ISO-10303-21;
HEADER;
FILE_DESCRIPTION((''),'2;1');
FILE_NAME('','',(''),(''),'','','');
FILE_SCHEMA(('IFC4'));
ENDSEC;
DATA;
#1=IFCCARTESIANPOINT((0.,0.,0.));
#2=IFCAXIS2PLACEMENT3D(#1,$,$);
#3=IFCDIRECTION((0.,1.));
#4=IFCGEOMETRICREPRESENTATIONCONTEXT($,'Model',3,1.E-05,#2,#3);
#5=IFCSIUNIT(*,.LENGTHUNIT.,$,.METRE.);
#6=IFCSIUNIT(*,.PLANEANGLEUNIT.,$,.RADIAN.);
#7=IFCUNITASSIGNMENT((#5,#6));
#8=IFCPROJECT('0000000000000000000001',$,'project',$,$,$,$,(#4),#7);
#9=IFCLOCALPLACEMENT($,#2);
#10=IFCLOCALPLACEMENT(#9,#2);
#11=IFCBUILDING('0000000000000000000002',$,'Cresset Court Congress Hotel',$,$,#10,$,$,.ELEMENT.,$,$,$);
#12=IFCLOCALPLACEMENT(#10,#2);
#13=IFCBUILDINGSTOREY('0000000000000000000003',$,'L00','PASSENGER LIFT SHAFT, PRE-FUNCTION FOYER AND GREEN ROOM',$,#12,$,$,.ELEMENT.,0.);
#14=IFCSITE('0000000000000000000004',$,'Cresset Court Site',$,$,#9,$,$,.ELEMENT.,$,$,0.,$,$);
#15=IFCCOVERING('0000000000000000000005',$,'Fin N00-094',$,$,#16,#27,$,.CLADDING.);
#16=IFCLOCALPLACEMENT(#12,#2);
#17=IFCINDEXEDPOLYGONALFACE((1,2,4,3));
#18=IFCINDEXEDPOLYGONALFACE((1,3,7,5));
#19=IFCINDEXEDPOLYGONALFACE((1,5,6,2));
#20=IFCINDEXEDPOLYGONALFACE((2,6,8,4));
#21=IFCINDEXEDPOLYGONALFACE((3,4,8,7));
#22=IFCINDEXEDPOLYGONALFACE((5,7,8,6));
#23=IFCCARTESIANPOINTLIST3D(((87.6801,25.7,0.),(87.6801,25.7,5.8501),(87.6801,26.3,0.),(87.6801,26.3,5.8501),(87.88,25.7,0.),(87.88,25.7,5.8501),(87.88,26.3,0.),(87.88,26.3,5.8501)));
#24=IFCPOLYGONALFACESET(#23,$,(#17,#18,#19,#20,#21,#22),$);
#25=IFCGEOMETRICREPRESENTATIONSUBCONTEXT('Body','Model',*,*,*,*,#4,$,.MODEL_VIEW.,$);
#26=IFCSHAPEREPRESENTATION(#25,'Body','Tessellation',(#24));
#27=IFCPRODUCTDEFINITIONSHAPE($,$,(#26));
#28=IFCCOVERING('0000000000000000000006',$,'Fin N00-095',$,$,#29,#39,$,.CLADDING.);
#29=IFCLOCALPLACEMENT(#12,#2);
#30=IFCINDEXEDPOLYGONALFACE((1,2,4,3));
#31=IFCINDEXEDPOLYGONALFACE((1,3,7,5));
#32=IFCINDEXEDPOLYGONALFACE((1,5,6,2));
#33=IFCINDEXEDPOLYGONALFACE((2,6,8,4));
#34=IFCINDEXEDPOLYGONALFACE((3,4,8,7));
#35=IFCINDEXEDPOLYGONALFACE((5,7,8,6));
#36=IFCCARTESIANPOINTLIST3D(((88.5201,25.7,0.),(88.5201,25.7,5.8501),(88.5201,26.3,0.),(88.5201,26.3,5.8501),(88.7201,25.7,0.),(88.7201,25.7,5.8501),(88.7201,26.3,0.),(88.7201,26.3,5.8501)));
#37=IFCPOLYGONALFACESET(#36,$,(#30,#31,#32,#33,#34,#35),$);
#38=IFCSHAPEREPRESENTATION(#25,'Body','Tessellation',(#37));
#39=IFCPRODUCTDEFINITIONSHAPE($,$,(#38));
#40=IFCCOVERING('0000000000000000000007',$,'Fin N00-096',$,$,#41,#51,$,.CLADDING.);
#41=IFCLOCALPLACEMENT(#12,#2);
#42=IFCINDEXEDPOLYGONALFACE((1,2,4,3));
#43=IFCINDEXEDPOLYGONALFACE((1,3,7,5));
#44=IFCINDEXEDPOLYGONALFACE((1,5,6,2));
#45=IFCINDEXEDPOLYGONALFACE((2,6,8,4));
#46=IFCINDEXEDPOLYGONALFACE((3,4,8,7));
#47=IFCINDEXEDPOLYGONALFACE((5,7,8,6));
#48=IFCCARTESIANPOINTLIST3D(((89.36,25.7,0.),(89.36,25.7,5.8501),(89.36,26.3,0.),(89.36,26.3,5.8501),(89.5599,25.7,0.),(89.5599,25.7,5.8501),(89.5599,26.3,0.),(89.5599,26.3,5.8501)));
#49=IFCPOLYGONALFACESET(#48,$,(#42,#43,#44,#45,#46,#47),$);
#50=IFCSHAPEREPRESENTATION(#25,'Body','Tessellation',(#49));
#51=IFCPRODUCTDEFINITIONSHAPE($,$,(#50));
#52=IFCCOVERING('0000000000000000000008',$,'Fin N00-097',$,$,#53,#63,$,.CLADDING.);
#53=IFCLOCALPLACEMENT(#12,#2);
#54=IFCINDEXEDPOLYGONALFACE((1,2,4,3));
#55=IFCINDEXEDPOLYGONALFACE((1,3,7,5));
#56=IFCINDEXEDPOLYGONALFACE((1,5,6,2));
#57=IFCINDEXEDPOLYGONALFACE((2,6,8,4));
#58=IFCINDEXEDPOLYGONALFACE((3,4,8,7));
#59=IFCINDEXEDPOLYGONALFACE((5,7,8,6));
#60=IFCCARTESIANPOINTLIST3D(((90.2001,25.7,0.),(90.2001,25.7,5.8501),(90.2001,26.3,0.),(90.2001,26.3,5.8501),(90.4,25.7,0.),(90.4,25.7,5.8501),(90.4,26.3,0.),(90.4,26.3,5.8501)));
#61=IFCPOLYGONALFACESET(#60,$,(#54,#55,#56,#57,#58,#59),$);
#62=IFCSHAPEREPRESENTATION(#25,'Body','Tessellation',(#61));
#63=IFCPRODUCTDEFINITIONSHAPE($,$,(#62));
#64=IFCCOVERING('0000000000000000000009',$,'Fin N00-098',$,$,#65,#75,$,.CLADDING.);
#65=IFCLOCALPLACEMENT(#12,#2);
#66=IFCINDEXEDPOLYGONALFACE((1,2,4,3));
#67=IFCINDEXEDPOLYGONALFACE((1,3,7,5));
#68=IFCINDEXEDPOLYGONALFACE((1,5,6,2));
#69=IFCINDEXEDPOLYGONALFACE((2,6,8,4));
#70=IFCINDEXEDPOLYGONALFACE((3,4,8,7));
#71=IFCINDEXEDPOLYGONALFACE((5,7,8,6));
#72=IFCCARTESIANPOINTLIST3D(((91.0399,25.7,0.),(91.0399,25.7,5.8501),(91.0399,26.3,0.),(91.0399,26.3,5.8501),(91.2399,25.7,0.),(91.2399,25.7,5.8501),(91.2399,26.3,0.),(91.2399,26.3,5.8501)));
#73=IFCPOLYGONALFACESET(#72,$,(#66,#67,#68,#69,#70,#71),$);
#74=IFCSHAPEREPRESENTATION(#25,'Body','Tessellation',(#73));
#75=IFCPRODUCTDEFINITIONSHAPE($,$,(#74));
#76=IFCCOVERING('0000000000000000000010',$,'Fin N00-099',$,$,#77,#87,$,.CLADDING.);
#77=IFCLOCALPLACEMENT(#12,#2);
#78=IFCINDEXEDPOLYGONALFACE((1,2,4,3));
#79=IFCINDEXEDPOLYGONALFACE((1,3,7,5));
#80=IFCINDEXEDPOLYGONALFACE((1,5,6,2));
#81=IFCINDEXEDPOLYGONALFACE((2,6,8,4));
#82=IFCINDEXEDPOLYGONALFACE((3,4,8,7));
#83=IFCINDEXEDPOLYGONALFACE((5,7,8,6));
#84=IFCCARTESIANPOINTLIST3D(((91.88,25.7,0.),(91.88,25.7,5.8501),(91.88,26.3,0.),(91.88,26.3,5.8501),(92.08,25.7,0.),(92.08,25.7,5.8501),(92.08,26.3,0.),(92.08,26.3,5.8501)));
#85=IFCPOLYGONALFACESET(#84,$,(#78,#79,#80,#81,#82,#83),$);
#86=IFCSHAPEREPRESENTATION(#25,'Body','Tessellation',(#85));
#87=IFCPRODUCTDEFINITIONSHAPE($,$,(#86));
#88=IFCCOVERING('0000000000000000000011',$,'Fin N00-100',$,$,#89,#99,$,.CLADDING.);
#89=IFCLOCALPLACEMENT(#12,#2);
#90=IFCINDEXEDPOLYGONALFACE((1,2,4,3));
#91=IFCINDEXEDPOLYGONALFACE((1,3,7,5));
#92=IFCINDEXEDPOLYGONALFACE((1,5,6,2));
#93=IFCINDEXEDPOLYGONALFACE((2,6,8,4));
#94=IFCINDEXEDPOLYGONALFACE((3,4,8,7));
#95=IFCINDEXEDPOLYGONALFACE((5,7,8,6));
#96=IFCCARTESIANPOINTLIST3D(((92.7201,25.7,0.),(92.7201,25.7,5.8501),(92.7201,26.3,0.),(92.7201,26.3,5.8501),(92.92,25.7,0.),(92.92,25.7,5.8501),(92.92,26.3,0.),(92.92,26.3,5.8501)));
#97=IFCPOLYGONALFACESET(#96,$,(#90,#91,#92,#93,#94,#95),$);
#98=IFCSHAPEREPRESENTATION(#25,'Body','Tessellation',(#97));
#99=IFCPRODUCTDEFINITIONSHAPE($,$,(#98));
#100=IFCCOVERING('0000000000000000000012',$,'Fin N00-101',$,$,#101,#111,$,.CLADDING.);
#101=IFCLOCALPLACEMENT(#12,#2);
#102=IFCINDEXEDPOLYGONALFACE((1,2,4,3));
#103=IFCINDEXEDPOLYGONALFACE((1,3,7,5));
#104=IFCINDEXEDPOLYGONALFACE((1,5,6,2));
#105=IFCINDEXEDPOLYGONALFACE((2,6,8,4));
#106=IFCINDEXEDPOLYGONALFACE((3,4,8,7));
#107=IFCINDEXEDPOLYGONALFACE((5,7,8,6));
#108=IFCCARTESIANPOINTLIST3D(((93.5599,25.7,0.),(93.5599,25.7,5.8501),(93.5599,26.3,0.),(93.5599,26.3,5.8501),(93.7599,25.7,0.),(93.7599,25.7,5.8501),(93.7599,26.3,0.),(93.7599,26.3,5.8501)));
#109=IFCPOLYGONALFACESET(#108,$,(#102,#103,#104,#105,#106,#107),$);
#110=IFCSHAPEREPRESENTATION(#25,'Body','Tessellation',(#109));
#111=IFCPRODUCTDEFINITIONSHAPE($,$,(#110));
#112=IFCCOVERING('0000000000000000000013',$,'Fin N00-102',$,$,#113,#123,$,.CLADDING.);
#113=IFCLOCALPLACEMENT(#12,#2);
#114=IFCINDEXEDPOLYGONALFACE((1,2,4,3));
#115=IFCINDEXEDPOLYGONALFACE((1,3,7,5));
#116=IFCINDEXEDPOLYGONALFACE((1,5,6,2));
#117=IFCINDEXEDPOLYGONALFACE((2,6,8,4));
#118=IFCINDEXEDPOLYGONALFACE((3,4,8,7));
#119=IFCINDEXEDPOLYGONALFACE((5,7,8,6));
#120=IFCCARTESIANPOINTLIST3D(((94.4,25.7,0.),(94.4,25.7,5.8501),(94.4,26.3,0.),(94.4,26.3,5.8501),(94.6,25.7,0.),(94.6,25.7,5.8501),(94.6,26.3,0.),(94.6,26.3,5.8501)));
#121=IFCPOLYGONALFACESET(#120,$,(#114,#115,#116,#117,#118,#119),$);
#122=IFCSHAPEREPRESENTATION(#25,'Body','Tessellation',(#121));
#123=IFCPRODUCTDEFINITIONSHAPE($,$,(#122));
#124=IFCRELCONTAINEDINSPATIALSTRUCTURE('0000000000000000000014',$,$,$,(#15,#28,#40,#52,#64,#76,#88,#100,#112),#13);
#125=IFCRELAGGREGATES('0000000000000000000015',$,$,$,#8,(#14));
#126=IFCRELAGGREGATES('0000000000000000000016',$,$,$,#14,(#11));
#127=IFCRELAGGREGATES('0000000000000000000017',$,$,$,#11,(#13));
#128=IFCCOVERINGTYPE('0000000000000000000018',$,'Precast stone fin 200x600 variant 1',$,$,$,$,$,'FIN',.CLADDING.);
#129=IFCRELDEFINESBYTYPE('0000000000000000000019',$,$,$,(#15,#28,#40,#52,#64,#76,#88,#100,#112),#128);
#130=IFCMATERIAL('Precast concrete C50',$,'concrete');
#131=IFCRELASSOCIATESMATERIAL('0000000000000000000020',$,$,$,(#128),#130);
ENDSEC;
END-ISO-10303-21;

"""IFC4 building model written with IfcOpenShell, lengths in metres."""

from ifc_helpers import new_model, si_unit, direction, frame, origin, origin_2d, place, context, subcontext, project, spatial, rectangle, extrude, material, type_object, element, save


model = new_model("IFC4")

# Units and contexts
model_context = context("Model", 3, precision=1e-05, world=origin(), true_north=direction((0.0, 1.0)))
body_context = subcontext(model_context, "Body", "Model", "MODEL_VIEW")
ifc_project = project(units=[si_unit("LENGTHUNIT", "METRE"), si_unit("PLANEANGLEUNIT", "RADIAN")], contexts=[model_context])

# Site, building, storey
site_placement = place(None, origin())
site = spatial("IfcSite", under=ifc_project, at=site_placement, Name="Cresset Court Site", CompositionType="ELEMENT", RefElevation=0.0)
building_placement = place(site_placement, origin())
building = spatial("IfcBuilding", under=site, at=building_placement, Name="Cresset Court Congress Hotel", CompositionType="ELEMENT")
storey_placement = place(building_placement, origin())
storey = spatial("IfcBuildingStorey", under=building, at=storey_placement, Name="L00", Description="PASSENGER LIFT SHAFT, PRE-FUNCTION FOYER AND GREEN ROOM", CompositionType="ELEMENT", Elevation=0.0)

# Coverings
ifc_material_1 = material(Name="Precast concrete C50", Category="concrete")
covering_type = type_object("IfcCoveringType", Name="Precast stone fin 200x600 variant 1", ElementType="FIN", PredefinedType="CLADDING", material=ifc_material_1)
for number, where, z_axis, x_axis, name in (
    (1, (87.78, 26.0, 0.0), (0.0, 0.0, 1.0), (1.0, 0.0, 0.0), "Fin N00-094"),
    (2, (88.6201, 26.0, 0.0), (0.0, 0.0, 1.0), (1.0, 0.0, 0.0), "Fin N00-095"),
    (3, (89.46, 26.0, 0.0), (0.0, 0.0, 1.0), (1.0, 0.0, 0.0), "Fin N00-096"),
    (4, (90.3, 26.0, 0.0), (0.0, 0.0, 1.0), (1.0, 0.0, 0.0), "Fin N00-097"),
    (5, (91.1399, 26.0, 0.0), (0.0, 0.0, 1.0), (1.0, 0.0, 0.0), "Fin N00-098"),
    (6, (91.98, 26.0, 0.0), (0.0, 0.0, 1.0), (1.0, 0.0, 0.0), "Fin N00-099"),
    (7, (92.8201, 26.0, 0.0), (0.0, 0.0, 1.0), (1.0, 0.0, 0.0), "Fin N00-100"),
    (8, (93.6599, 26.0, 0.0), (0.0, 0.0, 1.0), (1.0, 0.0, 0.0), "Fin N00-101"),
    (9, (94.5, 26.0, 0.0), (0.0, 0.0, 1.0), (1.0, 0.0, 0.0), "Fin N00-102"),
):
    element("IfcCovering", number, at=place(storey_placement, frame(where, z_axis=z_axis, x_axis=x_axis)), inside=storey, type_object=covering_type, Name=name, PredefinedType="CLADDING", context=body_context, shape_type="SweptSolid", body=[
        extrude(rectangle(XDim=0.2, YDim=0.6001, at=origin_2d()), origin(), (0.0, 0.0, 1.0), 5.8501),
    ])

save(model, "model.ifc")
